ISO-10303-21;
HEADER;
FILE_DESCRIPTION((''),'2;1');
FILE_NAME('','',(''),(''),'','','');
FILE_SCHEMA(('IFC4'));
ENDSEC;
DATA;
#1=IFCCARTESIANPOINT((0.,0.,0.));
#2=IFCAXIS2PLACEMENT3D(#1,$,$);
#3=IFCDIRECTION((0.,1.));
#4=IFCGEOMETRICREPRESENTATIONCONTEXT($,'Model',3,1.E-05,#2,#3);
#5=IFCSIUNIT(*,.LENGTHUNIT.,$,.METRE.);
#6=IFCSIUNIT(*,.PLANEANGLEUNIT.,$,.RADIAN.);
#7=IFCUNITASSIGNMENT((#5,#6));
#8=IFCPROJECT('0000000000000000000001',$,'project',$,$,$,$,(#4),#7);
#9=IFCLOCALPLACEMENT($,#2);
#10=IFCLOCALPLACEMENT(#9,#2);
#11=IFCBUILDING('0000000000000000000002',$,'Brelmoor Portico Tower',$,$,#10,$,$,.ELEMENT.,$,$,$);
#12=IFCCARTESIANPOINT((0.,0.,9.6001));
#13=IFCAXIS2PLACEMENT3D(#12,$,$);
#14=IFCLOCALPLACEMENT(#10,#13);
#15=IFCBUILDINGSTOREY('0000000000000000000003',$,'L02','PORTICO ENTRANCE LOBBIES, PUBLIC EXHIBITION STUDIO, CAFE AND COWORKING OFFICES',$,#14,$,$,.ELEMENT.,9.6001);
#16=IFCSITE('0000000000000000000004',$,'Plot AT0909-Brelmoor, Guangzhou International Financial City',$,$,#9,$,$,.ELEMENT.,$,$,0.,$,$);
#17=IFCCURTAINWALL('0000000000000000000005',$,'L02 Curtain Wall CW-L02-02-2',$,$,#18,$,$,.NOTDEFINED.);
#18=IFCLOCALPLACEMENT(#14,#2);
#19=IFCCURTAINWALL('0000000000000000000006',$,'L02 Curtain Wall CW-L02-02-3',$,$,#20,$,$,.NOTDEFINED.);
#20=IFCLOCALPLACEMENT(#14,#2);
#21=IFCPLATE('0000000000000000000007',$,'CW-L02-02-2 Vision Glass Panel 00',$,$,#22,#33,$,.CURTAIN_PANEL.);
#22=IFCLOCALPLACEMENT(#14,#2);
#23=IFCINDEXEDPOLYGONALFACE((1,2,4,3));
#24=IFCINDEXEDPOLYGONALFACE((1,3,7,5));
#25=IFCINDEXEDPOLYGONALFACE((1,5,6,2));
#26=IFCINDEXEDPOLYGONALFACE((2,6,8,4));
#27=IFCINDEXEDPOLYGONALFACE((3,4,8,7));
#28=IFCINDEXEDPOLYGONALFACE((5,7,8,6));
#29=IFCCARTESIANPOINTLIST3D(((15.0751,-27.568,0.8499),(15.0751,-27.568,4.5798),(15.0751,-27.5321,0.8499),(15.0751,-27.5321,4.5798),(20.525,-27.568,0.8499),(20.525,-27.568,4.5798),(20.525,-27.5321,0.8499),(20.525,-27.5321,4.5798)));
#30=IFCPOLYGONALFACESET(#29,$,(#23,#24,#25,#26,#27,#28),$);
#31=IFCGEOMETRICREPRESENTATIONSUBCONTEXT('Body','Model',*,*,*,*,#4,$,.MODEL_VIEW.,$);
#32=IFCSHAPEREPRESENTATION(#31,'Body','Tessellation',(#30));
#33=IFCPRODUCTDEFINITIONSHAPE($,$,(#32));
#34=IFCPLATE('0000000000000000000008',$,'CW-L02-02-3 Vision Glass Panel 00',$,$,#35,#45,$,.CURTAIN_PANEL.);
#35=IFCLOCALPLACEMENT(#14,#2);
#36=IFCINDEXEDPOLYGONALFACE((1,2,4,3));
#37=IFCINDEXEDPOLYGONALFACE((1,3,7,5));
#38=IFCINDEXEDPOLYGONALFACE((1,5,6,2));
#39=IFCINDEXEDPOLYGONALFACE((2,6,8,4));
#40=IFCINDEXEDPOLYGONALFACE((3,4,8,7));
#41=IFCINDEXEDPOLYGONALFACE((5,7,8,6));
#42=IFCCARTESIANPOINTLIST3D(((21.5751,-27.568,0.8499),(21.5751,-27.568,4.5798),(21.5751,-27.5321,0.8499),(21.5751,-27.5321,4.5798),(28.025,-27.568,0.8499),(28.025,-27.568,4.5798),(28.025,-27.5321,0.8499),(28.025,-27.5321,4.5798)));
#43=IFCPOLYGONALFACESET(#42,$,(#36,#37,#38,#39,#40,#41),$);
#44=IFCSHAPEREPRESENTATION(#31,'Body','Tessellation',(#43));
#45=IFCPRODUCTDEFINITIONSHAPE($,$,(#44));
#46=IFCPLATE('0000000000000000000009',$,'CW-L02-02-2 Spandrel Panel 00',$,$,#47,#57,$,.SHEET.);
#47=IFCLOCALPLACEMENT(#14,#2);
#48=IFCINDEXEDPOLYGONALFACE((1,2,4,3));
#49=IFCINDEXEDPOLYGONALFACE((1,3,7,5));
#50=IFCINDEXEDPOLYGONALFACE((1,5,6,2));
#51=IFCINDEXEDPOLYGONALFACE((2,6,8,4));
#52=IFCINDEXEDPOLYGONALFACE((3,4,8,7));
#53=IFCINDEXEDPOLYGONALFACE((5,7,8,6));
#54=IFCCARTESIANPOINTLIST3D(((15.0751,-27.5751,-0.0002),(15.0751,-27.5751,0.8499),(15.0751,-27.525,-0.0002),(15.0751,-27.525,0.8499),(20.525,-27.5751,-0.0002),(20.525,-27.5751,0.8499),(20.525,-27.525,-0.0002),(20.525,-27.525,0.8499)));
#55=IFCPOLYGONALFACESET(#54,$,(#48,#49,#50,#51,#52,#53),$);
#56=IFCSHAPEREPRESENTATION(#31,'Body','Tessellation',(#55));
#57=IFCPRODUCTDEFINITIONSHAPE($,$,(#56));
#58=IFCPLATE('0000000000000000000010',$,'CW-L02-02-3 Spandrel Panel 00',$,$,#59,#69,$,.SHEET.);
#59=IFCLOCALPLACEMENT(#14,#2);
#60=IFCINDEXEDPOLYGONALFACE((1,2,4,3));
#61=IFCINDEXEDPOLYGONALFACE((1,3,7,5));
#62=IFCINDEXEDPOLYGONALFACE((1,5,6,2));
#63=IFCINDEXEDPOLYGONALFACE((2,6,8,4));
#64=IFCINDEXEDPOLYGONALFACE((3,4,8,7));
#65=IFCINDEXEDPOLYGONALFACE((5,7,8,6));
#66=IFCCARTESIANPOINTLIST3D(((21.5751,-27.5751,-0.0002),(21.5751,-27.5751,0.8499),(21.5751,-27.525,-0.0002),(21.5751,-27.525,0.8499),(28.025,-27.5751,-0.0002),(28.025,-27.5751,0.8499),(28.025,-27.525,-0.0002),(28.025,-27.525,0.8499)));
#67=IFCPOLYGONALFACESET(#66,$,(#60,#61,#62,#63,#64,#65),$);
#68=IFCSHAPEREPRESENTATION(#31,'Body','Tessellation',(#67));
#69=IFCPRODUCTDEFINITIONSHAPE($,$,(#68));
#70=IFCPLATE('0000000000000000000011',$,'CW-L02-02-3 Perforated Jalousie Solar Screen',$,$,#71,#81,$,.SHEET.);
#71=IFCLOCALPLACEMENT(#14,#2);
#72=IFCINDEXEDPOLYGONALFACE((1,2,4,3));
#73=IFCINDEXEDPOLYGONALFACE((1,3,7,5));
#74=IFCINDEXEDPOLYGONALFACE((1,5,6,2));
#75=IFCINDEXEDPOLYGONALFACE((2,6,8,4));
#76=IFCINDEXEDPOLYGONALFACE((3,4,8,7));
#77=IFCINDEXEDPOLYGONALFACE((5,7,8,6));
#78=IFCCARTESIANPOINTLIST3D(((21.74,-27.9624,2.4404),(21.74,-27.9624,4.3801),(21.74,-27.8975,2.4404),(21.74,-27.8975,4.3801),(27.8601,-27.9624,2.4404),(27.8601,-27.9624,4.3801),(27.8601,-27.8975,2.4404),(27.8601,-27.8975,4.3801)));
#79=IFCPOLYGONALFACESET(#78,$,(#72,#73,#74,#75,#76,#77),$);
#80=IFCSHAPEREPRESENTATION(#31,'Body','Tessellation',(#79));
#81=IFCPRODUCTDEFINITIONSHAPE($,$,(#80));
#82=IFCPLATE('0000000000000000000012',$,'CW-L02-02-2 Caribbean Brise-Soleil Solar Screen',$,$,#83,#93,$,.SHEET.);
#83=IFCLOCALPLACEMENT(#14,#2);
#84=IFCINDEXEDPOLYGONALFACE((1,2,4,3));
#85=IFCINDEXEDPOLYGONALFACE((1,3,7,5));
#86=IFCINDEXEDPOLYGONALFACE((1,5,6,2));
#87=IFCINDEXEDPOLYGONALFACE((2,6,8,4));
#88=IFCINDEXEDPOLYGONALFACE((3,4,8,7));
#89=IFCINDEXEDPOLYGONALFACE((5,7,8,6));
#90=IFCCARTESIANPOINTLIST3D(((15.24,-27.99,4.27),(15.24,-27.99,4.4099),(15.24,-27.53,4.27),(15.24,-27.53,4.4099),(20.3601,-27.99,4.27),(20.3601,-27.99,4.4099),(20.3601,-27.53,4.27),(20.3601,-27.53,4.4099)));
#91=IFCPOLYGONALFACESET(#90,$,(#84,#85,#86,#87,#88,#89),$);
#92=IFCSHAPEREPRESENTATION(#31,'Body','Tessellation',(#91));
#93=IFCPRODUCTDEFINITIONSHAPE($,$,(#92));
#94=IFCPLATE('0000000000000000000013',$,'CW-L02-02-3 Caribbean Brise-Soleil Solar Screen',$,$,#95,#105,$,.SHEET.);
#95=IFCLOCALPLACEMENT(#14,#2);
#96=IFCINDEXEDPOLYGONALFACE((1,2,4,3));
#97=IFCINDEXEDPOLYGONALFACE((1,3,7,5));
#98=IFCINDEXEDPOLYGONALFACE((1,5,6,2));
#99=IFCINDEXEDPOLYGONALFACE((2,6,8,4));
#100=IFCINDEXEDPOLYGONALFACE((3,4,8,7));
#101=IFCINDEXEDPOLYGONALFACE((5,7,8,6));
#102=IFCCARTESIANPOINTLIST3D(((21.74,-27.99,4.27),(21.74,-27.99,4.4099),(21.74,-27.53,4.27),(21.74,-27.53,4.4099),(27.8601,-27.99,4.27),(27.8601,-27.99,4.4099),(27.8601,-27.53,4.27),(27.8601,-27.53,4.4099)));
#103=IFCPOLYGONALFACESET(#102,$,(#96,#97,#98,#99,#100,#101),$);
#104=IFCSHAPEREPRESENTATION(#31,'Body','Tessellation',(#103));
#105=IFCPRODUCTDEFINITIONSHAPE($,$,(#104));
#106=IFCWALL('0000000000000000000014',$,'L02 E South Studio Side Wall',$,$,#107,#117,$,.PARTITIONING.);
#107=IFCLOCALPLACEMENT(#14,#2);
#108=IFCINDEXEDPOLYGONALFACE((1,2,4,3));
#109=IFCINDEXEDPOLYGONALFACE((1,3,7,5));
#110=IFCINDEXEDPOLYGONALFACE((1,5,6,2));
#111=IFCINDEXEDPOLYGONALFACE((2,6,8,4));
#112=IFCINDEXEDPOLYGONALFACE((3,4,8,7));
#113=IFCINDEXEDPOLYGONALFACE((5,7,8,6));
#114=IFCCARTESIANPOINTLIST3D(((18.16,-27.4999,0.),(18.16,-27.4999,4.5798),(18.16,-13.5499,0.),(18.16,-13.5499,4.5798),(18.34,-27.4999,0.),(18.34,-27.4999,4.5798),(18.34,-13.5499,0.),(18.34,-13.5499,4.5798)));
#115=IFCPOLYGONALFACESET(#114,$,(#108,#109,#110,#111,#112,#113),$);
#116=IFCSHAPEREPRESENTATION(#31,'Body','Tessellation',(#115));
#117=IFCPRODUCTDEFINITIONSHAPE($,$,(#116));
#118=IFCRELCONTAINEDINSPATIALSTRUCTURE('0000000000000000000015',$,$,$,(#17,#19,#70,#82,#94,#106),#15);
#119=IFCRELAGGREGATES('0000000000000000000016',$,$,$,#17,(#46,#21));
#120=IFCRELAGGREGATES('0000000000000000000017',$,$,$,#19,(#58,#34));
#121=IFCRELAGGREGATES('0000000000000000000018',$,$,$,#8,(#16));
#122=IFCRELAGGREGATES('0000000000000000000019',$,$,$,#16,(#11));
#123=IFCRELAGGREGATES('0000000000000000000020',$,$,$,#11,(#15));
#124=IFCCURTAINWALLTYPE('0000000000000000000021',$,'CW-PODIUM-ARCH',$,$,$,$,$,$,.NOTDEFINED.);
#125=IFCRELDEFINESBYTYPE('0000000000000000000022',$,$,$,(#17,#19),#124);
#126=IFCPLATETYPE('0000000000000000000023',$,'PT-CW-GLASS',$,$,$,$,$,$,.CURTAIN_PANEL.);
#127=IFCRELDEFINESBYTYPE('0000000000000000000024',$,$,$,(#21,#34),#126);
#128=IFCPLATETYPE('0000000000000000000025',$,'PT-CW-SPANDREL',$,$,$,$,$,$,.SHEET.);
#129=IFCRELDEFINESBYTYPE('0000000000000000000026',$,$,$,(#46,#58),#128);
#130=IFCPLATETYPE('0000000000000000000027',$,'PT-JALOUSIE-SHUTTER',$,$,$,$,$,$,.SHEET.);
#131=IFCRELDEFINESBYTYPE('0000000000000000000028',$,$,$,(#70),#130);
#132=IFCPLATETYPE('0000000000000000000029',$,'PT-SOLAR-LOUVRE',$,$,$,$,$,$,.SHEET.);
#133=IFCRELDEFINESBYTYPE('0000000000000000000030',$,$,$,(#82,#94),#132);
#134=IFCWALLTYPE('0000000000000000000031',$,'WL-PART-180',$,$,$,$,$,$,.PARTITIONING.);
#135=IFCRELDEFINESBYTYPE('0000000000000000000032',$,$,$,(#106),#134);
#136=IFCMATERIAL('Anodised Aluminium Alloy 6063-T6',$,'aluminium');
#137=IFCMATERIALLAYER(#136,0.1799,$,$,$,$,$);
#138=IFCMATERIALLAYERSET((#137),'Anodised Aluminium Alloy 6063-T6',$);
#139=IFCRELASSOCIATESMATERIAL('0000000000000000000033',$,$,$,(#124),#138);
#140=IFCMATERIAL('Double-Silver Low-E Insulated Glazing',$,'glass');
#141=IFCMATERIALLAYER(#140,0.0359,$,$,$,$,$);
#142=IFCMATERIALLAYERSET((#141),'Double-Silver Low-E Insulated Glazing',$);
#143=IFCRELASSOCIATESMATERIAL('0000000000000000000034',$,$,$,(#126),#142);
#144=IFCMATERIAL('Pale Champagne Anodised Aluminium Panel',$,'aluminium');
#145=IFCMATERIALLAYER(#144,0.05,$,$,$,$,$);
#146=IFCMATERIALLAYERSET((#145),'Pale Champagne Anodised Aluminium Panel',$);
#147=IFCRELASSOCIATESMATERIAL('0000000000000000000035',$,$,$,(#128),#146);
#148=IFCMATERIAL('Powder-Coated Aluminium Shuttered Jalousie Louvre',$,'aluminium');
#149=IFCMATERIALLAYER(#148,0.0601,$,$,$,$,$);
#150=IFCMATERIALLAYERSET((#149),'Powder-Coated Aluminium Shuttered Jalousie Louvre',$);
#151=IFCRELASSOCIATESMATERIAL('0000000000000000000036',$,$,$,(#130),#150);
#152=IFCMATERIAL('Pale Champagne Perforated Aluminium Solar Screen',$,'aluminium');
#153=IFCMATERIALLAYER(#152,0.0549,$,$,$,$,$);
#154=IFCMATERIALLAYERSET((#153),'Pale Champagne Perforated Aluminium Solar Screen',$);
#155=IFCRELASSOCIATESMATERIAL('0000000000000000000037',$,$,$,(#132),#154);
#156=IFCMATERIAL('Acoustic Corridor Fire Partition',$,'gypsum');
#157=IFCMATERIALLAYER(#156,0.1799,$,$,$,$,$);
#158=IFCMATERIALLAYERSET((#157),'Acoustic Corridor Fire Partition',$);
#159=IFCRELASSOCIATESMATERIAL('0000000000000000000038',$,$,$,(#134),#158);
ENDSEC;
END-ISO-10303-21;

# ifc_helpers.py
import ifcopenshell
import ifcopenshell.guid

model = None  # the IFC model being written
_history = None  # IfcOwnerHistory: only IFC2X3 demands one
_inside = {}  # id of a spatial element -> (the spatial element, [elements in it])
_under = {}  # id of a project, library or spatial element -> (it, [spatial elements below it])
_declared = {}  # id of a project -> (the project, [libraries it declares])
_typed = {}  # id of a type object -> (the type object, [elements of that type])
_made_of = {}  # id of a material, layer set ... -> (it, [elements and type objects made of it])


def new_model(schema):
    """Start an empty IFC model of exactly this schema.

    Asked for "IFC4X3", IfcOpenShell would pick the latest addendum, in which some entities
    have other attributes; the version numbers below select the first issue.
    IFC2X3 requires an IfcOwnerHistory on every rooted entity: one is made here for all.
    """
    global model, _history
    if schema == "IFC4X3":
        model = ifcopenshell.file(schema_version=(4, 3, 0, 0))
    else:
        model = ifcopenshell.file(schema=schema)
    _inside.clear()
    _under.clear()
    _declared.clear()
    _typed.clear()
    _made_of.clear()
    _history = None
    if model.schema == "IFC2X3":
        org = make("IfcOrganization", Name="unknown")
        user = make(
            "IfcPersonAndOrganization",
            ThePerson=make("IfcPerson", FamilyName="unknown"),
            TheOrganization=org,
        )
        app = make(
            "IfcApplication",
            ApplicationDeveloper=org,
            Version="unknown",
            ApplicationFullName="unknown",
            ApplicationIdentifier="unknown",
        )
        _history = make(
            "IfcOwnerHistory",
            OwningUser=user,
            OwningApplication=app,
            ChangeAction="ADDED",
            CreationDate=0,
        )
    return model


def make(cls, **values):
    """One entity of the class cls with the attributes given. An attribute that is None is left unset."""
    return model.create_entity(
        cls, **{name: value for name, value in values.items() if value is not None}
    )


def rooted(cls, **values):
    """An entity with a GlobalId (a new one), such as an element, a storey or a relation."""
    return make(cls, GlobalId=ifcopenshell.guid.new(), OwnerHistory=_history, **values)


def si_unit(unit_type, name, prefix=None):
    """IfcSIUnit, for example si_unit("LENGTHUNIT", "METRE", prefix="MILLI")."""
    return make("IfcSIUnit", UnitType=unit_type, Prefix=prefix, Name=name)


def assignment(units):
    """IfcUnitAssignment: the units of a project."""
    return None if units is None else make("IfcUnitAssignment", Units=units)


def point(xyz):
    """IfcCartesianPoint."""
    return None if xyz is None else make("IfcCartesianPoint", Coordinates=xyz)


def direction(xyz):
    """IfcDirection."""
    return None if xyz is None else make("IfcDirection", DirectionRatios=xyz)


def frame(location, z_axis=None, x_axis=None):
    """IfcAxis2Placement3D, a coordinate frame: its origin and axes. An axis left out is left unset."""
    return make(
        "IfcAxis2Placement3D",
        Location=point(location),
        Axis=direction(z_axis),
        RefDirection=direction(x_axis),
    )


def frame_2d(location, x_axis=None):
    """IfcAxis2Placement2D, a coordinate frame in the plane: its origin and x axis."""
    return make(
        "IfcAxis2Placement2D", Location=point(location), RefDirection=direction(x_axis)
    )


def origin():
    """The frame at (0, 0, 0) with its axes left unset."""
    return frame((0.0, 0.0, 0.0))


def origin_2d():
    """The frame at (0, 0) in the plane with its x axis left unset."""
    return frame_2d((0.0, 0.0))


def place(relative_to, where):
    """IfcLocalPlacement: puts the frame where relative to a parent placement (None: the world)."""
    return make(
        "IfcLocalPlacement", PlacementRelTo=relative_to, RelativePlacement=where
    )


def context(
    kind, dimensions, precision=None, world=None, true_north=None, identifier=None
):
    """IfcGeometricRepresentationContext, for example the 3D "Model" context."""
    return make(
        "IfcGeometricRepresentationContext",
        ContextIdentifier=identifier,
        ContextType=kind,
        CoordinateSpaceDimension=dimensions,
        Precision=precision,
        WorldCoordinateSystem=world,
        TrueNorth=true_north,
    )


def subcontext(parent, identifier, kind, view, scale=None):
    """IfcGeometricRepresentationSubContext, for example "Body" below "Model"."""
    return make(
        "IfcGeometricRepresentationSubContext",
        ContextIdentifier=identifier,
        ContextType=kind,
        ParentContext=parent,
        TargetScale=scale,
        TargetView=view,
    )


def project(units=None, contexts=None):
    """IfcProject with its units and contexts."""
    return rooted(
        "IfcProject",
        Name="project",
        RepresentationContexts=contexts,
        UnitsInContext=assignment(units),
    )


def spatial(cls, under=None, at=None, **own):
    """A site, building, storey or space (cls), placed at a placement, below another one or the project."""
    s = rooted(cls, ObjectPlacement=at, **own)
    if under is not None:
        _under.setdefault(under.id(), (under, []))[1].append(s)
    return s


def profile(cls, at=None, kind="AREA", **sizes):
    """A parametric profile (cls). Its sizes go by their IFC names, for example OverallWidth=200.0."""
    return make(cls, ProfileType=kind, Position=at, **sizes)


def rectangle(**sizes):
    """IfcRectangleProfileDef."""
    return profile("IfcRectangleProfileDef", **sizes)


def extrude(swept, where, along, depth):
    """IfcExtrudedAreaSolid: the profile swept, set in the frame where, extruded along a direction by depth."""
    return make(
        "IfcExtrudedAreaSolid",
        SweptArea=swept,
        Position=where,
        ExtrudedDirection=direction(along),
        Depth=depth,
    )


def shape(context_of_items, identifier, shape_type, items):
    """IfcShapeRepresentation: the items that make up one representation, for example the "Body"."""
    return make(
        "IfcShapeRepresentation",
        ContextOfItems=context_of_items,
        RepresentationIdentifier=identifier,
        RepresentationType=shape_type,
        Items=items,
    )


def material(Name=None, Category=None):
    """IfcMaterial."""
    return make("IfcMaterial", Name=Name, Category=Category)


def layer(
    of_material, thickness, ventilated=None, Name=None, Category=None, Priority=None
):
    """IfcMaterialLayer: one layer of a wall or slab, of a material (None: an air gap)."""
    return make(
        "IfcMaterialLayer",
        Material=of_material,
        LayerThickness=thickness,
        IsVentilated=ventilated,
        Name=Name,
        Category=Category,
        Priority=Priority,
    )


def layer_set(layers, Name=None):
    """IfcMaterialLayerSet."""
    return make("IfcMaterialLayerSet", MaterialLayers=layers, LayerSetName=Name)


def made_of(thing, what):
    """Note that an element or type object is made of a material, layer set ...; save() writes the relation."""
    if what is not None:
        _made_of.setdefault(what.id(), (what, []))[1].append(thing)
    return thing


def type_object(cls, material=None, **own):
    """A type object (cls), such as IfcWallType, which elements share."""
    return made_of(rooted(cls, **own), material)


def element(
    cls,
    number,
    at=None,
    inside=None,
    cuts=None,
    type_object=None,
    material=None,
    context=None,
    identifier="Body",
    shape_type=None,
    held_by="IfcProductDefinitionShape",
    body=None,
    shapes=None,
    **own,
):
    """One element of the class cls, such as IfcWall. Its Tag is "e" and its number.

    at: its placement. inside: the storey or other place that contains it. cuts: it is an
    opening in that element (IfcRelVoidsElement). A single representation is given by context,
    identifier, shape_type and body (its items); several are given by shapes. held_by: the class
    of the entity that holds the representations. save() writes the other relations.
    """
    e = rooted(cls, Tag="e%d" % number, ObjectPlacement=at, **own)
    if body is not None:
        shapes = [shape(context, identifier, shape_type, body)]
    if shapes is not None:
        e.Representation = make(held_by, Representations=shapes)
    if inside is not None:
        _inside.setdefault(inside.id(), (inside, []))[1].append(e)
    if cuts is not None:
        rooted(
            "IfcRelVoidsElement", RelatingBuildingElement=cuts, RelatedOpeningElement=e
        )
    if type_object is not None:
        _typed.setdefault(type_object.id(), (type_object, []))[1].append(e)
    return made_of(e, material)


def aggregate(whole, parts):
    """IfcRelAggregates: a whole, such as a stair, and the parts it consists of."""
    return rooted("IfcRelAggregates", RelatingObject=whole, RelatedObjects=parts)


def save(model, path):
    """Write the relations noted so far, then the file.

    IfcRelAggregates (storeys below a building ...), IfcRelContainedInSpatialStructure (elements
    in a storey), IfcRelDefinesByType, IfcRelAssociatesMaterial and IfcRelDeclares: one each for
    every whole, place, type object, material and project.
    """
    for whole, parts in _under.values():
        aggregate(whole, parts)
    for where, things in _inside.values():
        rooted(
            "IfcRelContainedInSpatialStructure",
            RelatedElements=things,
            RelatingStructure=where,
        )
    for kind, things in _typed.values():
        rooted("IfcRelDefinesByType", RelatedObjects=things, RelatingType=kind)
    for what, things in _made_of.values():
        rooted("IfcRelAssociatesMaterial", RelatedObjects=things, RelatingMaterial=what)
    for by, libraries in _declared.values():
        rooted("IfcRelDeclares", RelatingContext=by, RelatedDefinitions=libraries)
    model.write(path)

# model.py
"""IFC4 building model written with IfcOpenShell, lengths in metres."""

from ifc_helpers import new_model, si_unit, direction, frame, frame_2d, origin, origin_2d, place, context, subcontext, project, spatial, rectangle, extrude, material, layer, layer_set, type_object, element, aggregate, save


model = new_model("IFC4")

# Units and contexts
model_context = context("Model", 3, precision=1e-05, world=origin(), true_north=direction((0.0, 1.0)))
body_context = subcontext(model_context, "Body", "Model", "MODEL_VIEW")
ifc_project = project(units=[si_unit("LENGTHUNIT", "METRE"), si_unit("PLANEANGLEUNIT", "RADIAN")], contexts=[model_context])

# Site, building, storey
site_placement = place(None, origin())
site = spatial("IfcSite", under=ifc_project, at=site_placement, Name="Plot AT0909-Brelmoor, Guangzhou International Financial City", CompositionType="ELEMENT", RefElevation=0.0)
building_placement = place(site_placement, origin())
building = spatial("IfcBuilding", under=site, at=building_placement, Name="Brelmoor Portico Tower", CompositionType="ELEMENT")
storey_placement = place(building_placement, frame((0.0, 0.0, 9.6001)))
storey = spatial("IfcBuildingStorey", under=building, at=storey_placement, Name="L02", Description="PORTICO ENTRANCE LOBBIES, PUBLIC EXHIBITION STUDIO, CAFE AND COWORKING OFFICES", CompositionType="ELEMENT", Elevation=9.6001)

# Curtain wall
ifc_material_1 = material(Name="Anodised Aluminium Alloy 6063-T6", Category="aluminium")
ifc_layer_1 = layer(ifc_material_1, 0.1799)
ifc_layer_set_1 = layer_set([ifc_layer_1], Name="Anodised Aluminium Alloy 6063-T6")
curtain_wall_type = type_object("IfcCurtainWallType", Name="CW-PODIUM-ARCH", PredefinedType="NOTDEFINED", material=ifc_layer_set_1)
curtain_wall_1_placement = place(storey_placement, origin())
curtain_wall_1 = element("IfcCurtainWall", 1, at=curtain_wall_1_placement, inside=storey, type_object=curtain_wall_type, Name="L02 Curtain Wall CW-L02-02-2", PredefinedType="NOTDEFINED")

# Curtain wall
curtain_wall_2_placement = place(storey_placement, origin())
curtain_wall_2 = element("IfcCurtainWall", 2, at=curtain_wall_2_placement, inside=storey, type_object=curtain_wall_type, Name="L02 Curtain Wall CW-L02-02-3", PredefinedType="NOTDEFINED")

# Plates
ifc_material_2 = material(Name="Double-Silver Low-E Insulated Glazing", Category="glass")
ifc_layer_2 = layer(ifc_material_2, 0.0359)
ifc_layer_set_2 = layer_set([ifc_layer_2], Name="Double-Silver Low-E Insulated Glazing")
plate_type_1 = type_object("IfcPlateType", Name="PT-CW-GLASS", PredefinedType="CURTAIN_PANEL", material=ifc_layer_set_2)
plate_1_placement = place(storey_placement, frame((17.8, -27.55, 0.8499), z_axis=(0.0, 0.0, 1.0), x_axis=(1.0, 0.0, 0.0)))
plate_1 = element("IfcPlate", 3, at=plate_1_placement, type_object=plate_type_1, Name="CW-L02-02-2 Vision Glass Panel 00", PredefinedType="CURTAIN_PANEL", context=body_context, shape_type="SweptSolid", body=[
    extrude(rectangle(XDim=5.45, YDim=0.0359, at=origin_2d()), origin(), (0.0, 0.0, 1.0), 3.73),
])
plate_2_placement = place(storey_placement, frame((24.8, -27.55, 0.8499), z_axis=(0.0, 0.0, 1.0), x_axis=(1.0, 0.0, 0.0)))
plate_2 = element("IfcPlate", 4, at=plate_2_placement, type_object=plate_type_1, Name="CW-L02-02-3 Vision Glass Panel 00", PredefinedType="CURTAIN_PANEL", context=body_context, shape_type="SweptSolid", body=[
    extrude(rectangle(XDim=6.45, YDim=0.0359, at=origin_2d()), origin(), (0.0, 0.0, 1.0), 3.73),
])
ifc_material_3 = material(Name="Pale Champagne Anodised Aluminium Panel", Category="aluminium")
ifc_layer_3 = layer(ifc_material_3, 0.05)
ifc_layer_set_3 = layer_set([ifc_layer_3], Name="Pale Champagne Anodised Aluminium Panel")
plate_type_2 = type_object("IfcPlateType", Name="PT-CW-SPANDREL", PredefinedType="SHEET", material=ifc_layer_set_3)
plate_3_placement = place(storey_placement, frame((17.8, -27.55, -0.0002), z_axis=(0.0, 0.0, 1.0), x_axis=(1.0, 0.0, 0.0)))
plate_3 = element("IfcPlate", 5, at=plate_3_placement, type_object=plate_type_2, Name="CW-L02-02-2 Spandrel Panel 00", PredefinedType="SHEET", context=body_context, shape_type="SweptSolid", body=[
    extrude(rectangle(XDim=5.45, YDim=0.05, at=origin_2d()), origin(), (0.0, 0.0, 1.0), 0.8501),
])
aggregate(curtain_wall_1, [plate_3, plate_1])
plate_4_placement = place(storey_placement, frame((24.8, -27.55, -0.0002), z_axis=(0.0, 0.0, 1.0), x_axis=(1.0, 0.0, 0.0)))
plate_4 = element("IfcPlate", 6, at=plate_4_placement, type_object=plate_type_2, Name="CW-L02-02-3 Spandrel Panel 00", PredefinedType="SHEET", context=body_context, shape_type="SweptSolid", body=[
    extrude(rectangle(XDim=6.45, YDim=0.05, at=origin_2d()), origin(), (0.0, 0.0, 1.0), 0.8501),
])
aggregate(curtain_wall_2, [plate_4, plate_2])

# Plates
ifc_material_4 = material(Name="Powder-Coated Aluminium Shuttered Jalousie Louvre", Category="aluminium")
ifc_layer_4 = layer(ifc_material_4, 0.0601)
ifc_layer_set_4 = layer_set([ifc_layer_4], Name="Powder-Coated Aluminium Shuttered Jalousie Louvre")
plate_type_3 = type_object("IfcPlateType", Name="PT-JALOUSIE-SHUTTER", PredefinedType="SHEET", material=ifc_layer_set_4)
plate_5_placement = place(storey_placement, frame((24.8, -27.9299, 2.4404), z_axis=(0.0, 0.0, 1.0), x_axis=(1.0, 0.0, 0.0)))
element("IfcPlate", 7, at=plate_5_placement, inside=storey, type_object=plate_type_3, Name="CW-L02-02-3 Perforated Jalousie Solar Screen", PredefinedType="SHEET", context=body_context, shape_type="SweptSolid", body=[
    extrude(rectangle(XDim=6.1201, YDim=0.0649, at=origin_2d()), origin(), (0.0, 0.0, 1.0), 1.9397),
])
ifc_material_5 = material(Name="Pale Champagne Perforated Aluminium Solar Screen", Category="aluminium")
ifc_layer_5 = layer(ifc_material_5, 0.0549)
ifc_layer_set_5 = layer_set([ifc_layer_5], Name="Pale Champagne Perforated Aluminium Solar Screen")
plate_type_4 = type_object("IfcPlateType", Name="PT-SOLAR-LOUVRE", PredefinedType="SHEET", material=ifc_layer_set_5)
plate_6_placement = place(storey_placement, frame((17.8, -27.76, 4.27), z_axis=(0.0, 0.0, 1.0), x_axis=(1.0, 0.0, 0.0)))
element("IfcPlate", 8, at=plate_6_placement, inside=storey, type_object=plate_type_4, Name="CW-L02-02-2 Caribbean Brise-Soleil Solar Screen", PredefinedType="SHEET", context=body_context, shape_type="SweptSolid", body=[
    extrude(rectangle(XDim=5.1201, YDim=0.46, at=origin_2d()), origin(), (0.0, 0.0, 1.0), 0.1399),
])
plate_7_placement = place(storey_placement, frame((24.8, -27.76, 4.27), z_axis=(0.0, 0.0, 1.0), x_axis=(1.0, 0.0, 0.0)))
element("IfcPlate", 9, at=plate_7_placement, inside=storey, type_object=plate_type_4, Name="CW-L02-02-3 Caribbean Brise-Soleil Solar Screen", PredefinedType="SHEET", context=body_context, shape_type="SweptSolid", body=[
    extrude(rectangle(XDim=6.1201, YDim=0.46, at=origin_2d()), origin(), (0.0, 0.0, 1.0), 0.1399),
])

# Wall
ifc_material_6 = material(Name="Acoustic Corridor Fire Partition", Category="gypsum")
ifc_layer_6 = layer(ifc_material_6, 0.1799)
ifc_layer_set_6 = layer_set([ifc_layer_6], Name="Acoustic Corridor Fire Partition")
wall_type = type_object("IfcWallType", Name="WL-PART-180", PredefinedType="PARTITIONING", material=ifc_layer_set_6)
wall_placement = place(storey_placement, frame((18.25, -27.5, 0.0), z_axis=(0.0, 0.0, 1.0), x_axis=(0.0, 1.0, 0.0)))
element("IfcWall", 10, at=wall_placement, inside=storey, type_object=wall_type, Name="L02 E South Studio Side Wall", PredefinedType="PARTITIONING", context=body_context, shape_type="SweptSolid", body=[
    extrude(rectangle(XDim=13.95, YDim=0.1799, at=frame_2d((6.9751, 0.0))), origin(), (0.0, 0.0, 1.0), 4.5798),
])

save(model, "model.ifc")
